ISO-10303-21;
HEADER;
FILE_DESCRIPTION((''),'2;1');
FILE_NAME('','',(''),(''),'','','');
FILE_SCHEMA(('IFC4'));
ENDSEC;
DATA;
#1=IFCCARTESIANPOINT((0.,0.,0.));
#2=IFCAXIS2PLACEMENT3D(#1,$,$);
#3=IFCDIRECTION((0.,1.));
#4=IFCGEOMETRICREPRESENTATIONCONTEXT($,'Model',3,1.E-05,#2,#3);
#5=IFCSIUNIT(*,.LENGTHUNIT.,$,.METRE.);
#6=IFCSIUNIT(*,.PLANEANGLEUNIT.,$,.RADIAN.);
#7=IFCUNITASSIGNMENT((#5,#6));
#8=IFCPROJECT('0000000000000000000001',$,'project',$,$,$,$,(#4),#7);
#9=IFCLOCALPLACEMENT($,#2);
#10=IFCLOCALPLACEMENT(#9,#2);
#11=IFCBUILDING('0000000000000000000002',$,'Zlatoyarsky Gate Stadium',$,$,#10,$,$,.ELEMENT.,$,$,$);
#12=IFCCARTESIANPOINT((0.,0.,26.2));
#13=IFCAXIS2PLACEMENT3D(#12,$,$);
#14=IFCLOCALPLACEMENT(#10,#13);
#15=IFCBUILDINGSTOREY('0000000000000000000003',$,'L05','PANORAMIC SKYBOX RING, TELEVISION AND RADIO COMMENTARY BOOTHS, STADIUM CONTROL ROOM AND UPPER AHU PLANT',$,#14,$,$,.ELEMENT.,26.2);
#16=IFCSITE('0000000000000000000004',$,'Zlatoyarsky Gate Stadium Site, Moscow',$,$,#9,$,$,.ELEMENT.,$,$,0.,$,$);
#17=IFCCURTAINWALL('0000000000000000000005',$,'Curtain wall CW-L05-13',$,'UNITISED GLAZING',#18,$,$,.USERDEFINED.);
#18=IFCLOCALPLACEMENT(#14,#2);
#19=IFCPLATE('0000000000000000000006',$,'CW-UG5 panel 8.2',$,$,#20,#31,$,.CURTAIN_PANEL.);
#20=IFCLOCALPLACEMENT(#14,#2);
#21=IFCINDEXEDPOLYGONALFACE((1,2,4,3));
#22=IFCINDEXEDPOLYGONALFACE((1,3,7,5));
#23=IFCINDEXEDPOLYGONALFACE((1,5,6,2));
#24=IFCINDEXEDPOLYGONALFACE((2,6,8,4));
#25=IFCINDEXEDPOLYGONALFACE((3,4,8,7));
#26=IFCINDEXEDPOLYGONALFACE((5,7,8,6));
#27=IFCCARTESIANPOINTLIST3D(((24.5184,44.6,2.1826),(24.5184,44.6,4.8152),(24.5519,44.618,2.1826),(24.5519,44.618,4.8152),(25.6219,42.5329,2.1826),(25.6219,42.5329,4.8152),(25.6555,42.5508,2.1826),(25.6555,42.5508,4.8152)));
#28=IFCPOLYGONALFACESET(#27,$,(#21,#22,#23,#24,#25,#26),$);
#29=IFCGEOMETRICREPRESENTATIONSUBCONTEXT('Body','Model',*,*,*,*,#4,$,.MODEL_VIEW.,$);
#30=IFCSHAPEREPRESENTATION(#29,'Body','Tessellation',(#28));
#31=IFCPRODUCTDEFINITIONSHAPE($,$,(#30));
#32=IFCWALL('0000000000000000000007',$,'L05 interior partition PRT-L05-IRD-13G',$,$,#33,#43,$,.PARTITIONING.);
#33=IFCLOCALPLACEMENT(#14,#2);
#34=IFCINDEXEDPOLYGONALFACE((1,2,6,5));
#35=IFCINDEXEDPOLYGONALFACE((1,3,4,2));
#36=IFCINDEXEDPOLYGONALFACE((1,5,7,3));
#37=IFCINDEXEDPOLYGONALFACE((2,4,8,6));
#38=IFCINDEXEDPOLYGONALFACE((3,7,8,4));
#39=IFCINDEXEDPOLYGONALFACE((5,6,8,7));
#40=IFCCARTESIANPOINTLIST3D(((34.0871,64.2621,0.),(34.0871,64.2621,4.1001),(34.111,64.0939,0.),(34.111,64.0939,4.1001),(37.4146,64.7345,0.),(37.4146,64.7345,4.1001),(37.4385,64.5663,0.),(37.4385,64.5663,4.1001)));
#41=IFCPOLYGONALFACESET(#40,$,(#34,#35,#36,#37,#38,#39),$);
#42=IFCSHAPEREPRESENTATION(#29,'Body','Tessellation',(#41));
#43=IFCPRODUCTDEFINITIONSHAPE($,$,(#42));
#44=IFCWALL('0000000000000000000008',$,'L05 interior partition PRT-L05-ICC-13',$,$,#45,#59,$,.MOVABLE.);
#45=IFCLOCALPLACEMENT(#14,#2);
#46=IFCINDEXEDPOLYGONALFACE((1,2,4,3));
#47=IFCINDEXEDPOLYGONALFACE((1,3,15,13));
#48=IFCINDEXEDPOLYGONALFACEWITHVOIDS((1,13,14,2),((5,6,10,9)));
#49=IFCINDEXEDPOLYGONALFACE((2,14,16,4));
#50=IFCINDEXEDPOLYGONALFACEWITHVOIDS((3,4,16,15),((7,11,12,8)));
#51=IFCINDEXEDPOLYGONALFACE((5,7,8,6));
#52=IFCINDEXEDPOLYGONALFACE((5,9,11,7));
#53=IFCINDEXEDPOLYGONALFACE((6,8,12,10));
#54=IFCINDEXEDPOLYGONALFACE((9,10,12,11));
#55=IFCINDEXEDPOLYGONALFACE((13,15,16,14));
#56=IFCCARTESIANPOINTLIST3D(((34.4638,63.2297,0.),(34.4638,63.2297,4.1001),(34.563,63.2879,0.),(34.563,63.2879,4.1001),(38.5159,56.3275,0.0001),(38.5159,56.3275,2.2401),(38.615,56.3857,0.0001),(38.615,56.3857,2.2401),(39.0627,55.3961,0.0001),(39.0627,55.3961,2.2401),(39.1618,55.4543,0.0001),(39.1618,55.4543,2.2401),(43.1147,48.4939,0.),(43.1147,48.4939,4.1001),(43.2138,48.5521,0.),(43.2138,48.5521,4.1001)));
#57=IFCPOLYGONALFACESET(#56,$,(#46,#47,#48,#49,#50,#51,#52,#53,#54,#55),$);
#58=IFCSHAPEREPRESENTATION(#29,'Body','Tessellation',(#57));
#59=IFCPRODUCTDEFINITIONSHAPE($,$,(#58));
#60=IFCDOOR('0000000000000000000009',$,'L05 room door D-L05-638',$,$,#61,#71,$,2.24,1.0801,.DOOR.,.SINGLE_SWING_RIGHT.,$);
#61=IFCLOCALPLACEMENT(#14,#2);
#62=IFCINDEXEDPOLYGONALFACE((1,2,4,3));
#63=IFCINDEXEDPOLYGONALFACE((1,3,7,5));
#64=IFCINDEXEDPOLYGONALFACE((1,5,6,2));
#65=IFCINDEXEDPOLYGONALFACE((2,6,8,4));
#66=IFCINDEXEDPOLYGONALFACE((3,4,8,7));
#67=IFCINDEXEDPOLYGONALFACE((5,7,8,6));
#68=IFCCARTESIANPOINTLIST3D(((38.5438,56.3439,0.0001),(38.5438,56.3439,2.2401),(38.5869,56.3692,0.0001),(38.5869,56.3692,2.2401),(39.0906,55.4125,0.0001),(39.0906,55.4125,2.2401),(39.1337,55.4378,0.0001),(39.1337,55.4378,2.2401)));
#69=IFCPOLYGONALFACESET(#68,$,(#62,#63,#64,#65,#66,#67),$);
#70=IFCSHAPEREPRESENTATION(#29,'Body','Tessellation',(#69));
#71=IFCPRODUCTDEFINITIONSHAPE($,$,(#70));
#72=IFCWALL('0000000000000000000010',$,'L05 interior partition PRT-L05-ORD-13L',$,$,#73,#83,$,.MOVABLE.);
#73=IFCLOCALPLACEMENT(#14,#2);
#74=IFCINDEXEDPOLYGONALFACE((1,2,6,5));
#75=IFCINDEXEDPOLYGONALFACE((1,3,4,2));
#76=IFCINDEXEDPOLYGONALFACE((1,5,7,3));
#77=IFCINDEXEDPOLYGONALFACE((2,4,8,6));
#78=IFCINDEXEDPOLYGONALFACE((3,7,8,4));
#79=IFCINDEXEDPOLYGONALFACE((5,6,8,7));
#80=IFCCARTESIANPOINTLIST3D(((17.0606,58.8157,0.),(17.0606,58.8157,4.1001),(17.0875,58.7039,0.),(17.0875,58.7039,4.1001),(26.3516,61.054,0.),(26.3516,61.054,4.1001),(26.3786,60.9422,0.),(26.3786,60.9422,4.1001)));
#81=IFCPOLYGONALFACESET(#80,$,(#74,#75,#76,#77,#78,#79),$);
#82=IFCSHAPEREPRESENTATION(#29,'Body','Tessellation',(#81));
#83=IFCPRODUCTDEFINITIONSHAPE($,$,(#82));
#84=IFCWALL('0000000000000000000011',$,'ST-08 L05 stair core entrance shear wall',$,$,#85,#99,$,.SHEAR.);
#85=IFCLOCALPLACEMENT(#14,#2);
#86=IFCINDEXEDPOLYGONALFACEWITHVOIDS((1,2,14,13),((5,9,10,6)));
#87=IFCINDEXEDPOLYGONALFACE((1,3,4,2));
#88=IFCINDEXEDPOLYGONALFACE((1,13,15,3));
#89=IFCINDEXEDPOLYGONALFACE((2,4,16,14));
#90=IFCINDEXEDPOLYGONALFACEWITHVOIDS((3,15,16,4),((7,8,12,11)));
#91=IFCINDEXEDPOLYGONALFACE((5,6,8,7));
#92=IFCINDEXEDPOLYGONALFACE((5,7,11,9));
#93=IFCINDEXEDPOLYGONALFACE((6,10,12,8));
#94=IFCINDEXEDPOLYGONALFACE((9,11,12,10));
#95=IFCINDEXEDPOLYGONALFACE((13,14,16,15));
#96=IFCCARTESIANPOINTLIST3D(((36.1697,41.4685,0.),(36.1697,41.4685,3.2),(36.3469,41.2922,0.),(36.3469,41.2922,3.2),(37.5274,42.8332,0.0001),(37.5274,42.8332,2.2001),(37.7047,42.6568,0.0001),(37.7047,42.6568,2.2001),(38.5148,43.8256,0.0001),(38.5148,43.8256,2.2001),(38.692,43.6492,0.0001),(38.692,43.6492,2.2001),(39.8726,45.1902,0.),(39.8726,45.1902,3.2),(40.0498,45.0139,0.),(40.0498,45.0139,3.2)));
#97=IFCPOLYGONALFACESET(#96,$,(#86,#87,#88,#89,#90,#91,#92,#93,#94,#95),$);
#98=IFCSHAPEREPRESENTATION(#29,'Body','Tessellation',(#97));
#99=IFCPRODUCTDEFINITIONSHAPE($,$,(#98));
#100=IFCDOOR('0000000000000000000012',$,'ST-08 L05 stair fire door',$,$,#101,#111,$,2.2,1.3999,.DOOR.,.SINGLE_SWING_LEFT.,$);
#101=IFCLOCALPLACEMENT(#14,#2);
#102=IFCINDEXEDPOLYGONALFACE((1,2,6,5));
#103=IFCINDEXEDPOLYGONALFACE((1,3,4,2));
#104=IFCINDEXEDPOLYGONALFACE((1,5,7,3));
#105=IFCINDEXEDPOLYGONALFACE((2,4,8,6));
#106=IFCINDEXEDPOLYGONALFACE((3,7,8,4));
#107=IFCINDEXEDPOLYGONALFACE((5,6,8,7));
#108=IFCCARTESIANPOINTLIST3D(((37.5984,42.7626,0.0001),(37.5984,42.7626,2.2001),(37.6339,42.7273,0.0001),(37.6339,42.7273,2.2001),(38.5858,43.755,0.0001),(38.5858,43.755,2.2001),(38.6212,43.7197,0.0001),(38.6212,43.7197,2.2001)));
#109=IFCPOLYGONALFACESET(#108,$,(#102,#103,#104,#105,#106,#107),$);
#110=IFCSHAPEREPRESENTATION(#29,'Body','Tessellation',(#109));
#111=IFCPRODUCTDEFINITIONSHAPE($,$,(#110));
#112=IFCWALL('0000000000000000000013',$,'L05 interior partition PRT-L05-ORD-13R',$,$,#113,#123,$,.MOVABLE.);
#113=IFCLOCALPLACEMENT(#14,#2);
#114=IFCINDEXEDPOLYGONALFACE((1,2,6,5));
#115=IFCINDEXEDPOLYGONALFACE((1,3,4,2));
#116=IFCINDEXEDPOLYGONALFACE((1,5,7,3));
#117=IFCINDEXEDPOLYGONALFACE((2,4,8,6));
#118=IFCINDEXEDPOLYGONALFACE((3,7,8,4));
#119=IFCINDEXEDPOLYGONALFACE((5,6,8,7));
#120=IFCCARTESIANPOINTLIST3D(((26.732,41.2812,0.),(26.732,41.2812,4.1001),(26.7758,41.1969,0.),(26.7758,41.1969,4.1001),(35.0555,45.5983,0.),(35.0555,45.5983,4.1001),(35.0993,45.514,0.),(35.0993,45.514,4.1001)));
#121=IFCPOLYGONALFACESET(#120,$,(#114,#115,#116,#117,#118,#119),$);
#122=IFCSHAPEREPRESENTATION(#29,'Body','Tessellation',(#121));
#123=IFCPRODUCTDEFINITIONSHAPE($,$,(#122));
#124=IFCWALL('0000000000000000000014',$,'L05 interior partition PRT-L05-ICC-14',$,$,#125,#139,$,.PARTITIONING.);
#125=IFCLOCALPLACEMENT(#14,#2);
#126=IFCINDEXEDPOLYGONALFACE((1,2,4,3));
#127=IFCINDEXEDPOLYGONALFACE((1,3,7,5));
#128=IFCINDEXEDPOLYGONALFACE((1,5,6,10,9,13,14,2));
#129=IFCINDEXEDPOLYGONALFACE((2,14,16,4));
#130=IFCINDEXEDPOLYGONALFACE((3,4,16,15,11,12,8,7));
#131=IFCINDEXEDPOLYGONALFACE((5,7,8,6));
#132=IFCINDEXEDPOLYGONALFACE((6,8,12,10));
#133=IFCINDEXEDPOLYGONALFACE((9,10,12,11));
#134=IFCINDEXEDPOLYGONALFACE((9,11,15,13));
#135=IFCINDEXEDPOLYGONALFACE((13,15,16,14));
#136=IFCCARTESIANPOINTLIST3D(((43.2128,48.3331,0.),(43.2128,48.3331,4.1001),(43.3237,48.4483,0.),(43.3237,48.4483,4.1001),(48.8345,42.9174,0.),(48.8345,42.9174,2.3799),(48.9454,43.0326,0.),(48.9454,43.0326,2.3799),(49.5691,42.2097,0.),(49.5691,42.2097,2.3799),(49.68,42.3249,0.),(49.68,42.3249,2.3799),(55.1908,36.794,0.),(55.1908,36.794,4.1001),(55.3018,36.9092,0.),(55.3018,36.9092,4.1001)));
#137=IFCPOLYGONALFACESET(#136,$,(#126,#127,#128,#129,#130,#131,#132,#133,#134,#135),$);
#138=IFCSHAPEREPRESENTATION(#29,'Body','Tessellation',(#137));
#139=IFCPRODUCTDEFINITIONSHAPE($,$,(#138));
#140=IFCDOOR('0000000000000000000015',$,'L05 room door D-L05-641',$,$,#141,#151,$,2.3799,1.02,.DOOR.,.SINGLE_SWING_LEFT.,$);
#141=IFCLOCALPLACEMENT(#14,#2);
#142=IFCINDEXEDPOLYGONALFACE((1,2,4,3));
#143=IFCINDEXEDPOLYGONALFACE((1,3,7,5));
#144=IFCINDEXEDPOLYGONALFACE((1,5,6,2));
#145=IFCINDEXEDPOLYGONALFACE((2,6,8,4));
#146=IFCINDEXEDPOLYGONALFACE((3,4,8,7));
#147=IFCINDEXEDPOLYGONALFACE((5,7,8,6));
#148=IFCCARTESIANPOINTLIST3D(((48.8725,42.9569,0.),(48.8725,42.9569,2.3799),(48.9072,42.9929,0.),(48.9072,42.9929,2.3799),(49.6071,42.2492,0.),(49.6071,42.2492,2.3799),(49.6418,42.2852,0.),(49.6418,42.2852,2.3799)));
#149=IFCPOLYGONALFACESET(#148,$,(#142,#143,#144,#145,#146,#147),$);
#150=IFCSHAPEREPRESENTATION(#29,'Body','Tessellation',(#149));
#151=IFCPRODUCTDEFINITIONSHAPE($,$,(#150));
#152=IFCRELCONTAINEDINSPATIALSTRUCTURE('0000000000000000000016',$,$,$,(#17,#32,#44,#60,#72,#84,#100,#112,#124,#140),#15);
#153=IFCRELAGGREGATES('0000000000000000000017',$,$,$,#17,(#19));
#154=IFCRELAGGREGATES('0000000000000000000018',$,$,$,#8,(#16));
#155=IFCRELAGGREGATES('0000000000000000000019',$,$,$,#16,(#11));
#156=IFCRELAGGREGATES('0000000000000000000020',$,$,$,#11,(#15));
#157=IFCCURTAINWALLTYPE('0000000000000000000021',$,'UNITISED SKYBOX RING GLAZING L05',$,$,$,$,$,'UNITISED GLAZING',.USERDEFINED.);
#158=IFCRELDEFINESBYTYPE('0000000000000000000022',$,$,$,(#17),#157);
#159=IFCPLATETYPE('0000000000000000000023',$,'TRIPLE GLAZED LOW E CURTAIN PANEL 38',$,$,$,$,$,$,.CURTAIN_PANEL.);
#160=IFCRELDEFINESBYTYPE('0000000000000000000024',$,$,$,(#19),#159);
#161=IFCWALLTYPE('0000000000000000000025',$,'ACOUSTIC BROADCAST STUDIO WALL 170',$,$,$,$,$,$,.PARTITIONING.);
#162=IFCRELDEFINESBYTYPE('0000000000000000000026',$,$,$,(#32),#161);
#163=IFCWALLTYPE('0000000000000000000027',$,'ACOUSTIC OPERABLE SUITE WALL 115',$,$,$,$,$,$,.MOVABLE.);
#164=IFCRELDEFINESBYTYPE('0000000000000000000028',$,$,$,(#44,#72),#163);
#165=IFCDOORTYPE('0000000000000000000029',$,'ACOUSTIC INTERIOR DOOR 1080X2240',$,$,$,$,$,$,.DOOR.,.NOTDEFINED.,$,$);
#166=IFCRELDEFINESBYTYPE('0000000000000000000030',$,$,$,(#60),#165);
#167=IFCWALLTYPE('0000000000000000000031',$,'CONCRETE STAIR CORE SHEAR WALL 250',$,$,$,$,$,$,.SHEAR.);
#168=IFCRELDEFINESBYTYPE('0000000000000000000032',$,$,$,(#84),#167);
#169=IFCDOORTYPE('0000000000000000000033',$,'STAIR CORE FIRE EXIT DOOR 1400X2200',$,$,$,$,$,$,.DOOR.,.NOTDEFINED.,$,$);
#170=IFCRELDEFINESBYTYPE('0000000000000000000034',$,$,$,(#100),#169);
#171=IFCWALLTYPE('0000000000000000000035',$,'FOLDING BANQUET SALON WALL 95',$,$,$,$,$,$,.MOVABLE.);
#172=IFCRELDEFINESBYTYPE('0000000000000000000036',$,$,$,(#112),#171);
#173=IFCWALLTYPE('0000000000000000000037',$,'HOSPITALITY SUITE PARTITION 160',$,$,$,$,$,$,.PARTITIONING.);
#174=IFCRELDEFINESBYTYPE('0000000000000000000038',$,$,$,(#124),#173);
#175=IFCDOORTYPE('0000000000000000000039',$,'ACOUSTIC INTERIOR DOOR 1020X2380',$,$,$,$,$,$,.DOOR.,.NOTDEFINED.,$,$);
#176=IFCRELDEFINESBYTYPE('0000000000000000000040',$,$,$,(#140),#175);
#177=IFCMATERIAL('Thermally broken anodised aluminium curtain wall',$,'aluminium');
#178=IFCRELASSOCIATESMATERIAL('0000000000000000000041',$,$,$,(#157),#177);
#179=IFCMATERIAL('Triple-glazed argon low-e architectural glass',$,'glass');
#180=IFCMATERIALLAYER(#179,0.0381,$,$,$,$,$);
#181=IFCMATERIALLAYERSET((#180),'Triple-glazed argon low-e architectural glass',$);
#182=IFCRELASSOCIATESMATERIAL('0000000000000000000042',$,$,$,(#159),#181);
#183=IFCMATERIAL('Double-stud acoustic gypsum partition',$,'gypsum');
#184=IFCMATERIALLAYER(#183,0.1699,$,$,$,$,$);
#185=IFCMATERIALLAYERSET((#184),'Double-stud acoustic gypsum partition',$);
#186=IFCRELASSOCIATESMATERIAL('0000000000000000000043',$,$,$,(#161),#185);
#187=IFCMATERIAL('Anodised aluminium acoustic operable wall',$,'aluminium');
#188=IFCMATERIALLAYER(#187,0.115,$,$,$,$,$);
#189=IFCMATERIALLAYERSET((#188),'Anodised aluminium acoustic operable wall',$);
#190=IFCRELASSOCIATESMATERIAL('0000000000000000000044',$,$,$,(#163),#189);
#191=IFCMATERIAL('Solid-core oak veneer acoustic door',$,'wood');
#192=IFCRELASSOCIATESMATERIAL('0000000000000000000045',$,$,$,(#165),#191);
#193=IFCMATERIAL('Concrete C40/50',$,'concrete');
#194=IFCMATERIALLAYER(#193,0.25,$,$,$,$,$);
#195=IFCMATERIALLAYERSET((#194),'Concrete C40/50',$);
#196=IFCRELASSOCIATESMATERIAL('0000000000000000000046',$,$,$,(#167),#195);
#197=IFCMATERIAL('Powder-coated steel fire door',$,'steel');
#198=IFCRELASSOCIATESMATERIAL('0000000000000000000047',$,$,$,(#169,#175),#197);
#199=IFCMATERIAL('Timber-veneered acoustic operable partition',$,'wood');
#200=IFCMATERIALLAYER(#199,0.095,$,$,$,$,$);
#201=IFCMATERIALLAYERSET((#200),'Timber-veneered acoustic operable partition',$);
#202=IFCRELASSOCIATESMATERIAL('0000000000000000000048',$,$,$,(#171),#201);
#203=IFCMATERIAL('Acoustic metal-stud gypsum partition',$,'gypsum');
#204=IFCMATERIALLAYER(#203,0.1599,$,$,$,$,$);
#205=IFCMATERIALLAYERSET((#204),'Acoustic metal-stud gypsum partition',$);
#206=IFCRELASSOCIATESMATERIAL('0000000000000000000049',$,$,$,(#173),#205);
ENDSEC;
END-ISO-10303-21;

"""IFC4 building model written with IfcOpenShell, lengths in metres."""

from ifc_helpers import new_model, si_unit, direction, frame, frame_2d, origin, origin_2d, place, context, subcontext, project, spatial, rectangle, extrude, material, layer, layer_set, type_object, element, fill, aggregate, save


model = new_model("IFC4")

# Units and contexts
model_context = context("Model", 3, precision=1e-05, world=origin(), true_north=direction((0.0, 1.0)))
body_context = subcontext(model_context, "Body", "Model", "MODEL_VIEW")
ifc_project = project(units=[si_unit("LENGTHUNIT", "METRE"), si_unit("PLANEANGLEUNIT", "RADIAN")], contexts=[model_context])

# Site, building, storey
site_placement = place(None, origin())
site = spatial("IfcSite", under=ifc_project, at=site_placement, Name="Zlatoyarsky Gate Stadium Site, Moscow", CompositionType="ELEMENT", RefElevation=0.0)
building_placement = place(site_placement, origin())
building = spatial("IfcBuilding", under=site, at=building_placement, Name="Zlatoyarsky Gate Stadium", CompositionType="ELEMENT")
storey_placement = place(building_placement, frame((0.0, 0.0, 26.2)))
storey = spatial("IfcBuildingStorey", under=building, at=storey_placement, Name="L05", Description="PANORAMIC SKYBOX RING, TELEVISION AND RADIO COMMENTARY BOOTHS, STADIUM CONTROL ROOM AND UPPER AHU PLANT", CompositionType="ELEMENT", Elevation=26.2)

# Curtain wall
ifc_material_1 = material(Name="Thermally broken anodised aluminium curtain wall", Category="aluminium")
curtain_wall_type = type_object("IfcCurtainWallType", Name="UNITISED SKYBOX RING GLAZING L05", ElementType="UNITISED GLAZING", PredefinedType="USERDEFINED", material=ifc_material_1)
curtain_wall_placement = place(storey_placement, origin())
curtain_wall = element("IfcCurtainWall", 1, at=curtain_wall_placement, inside=storey, type_object=curtain_wall_type, Name="Curtain wall CW-L05-13", ObjectType="UNITISED GLAZING", PredefinedType="USERDEFINED")

# Plate
ifc_material_2 = material(Name="Triple-glazed argon low-e architectural glass", Category="glass")
ifc_layer_1 = layer(ifc_material_2, 0.0381)
ifc_layer_set_1 = layer_set([ifc_layer_1], Name="Triple-glazed argon low-e architectural glass")
plate_type_1 = type_object("IfcPlateType", Name="TRIPLE GLAZED LOW E CURTAIN PANEL 38", PredefinedType="CURTAIN_PANEL", material=ifc_layer_set_1)
plate_1_placement = place(storey_placement, frame((25.0869, 43.5754, 2.1826), z_axis=(0.0, 0.0, 1.0), x_axis=(0.470937, -0.882167, 0.0)))
plate_1 = element("IfcPlate", 2, at=plate_1_placement, type_object=plate_type_1, Name="CW-UG5 panel 8.2", PredefinedType="CURTAIN_PANEL", context=body_context, shape_type="SweptSolid", body=[
    extrude(rectangle(XDim=2.3433, YDim=0.0381, at=origin_2d()), origin(), (0.0, 0.0, 1.0), 2.6326),
])
aggregate(curtain_wall, [plate_1])

# Wall
ifc_material_3 = material(Name="Double-stud acoustic gypsum partition", Category="gypsum")
ifc_layer_2 = layer(ifc_material_3, 0.1699)
ifc_layer_set_2 = layer_set([ifc_layer_2], Name="Double-stud acoustic gypsum partition")
wall_type_1 = type_object("IfcWallType", Name="ACOUSTIC BROADCAST STUDIO WALL 170", PredefinedType="PARTITIONING", material=ifc_layer_set_2)
wall_1_placement = place(storey_placement, frame((37.4265, 64.6504, 0.0), z_axis=(0.0, 0.0, 1.0), x_axis=(-0.990071, -0.140567, 0.0)))
element("IfcWall", 3, at=wall_1_placement, inside=storey, type_object=wall_type_1, Name="L05 interior partition PRT-L05-IRD-13G", PredefinedType="PARTITIONING", context=body_context, shape_type="SweptSolid", body=[
    extrude(rectangle(XDim=3.3608, YDim=0.1699, at=frame_2d((1.6804, 0.0))), origin(), (0.0, 0.0, 1.0), 4.1001),
])

# Wall, opening, door
ifc_material_4 = material(Name="Anodised aluminium acoustic operable wall", Category="aluminium")
ifc_layer_3 = layer(ifc_material_4, 0.115)
ifc_layer_set_3 = layer_set([ifc_layer_3], Name="Anodised aluminium acoustic operable wall")
wall_type_2 = type_object("IfcWallType", Name="ACOUSTIC OPERABLE SUITE WALL 115", PredefinedType="MOVABLE", material=ifc_layer_set_3)
wall_2_placement = place(storey_placement, frame((34.5134, 63.2588, 0.0), z_axis=(0.0, 0.0, 1.0), x_axis=(0.506269, -0.862375, 0.0)))
wall_2 = element("IfcWall", 4, at=wall_2_placement, inside=storey, type_object=wall_type_2, Name="L05 interior partition PRT-L05-ICC-13", PredefinedType="MOVABLE", context=body_context, shape_type="SweptSolid", body=[
    extrude(rectangle(XDim=17.0874, YDim=0.115, at=frame_2d((8.5437, 0.0))), origin(), (0.0, 0.0, 1.0), 4.1001),
])
opening_1_placement = place(wall_2_placement, frame((8.0037, 0.0, 0.0)))
opening_1 = element("IfcOpeningElement", 5, at=opening_1_placement, cuts=wall_2, PredefinedType="OPENING", context=body_context, shape_type="SweptSolid", body=[
    extrude(rectangle(XDim=1.0801, YDim=2.24, at=frame_2d((0.54, 1.1201))), frame((0.0, 0.0674, 0.0), z_axis=(0.0, -1.0, 0.0), x_axis=(1.0, 0.0, 0.0)), (0.0, 0.0, 1.0), 0.135),
])
ifc_material_5 = material(Name="Solid-core oak veneer acoustic door", Category="wood")
door_type_1 = type_object("IfcDoorType", Name="ACOUSTIC INTERIOR DOOR 1080X2240", OperationType="NOTDEFINED", PredefinedType="DOOR", material=ifc_material_5)
door_1_placement = place(opening_1_placement, origin())
door_1 = element("IfcDoor", 6, at=door_1_placement, inside=storey, type_object=door_type_1, Name="L05 room door D-L05-638", OperationType="SINGLE_SWING_RIGHT", OverallHeight=2.24, OverallWidth=1.0801, PredefinedType="DOOR", context=body_context, shape_type="SweptSolid", body=[
    extrude(rectangle(XDim=1.0801, YDim=2.24, at=frame_2d((0.54, 1.1201))), frame((0.0, 0.0249, 0.0), z_axis=(0.0, -1.0, 0.0), x_axis=(1.0, 0.0, 0.0)), (0.0, 0.0, 1.0), 0.05),
])
fill(opening_1, door_1)

# Wall
wall_3_placement = place(storey_placement, frame((26.365, 60.998, 0.0), z_axis=(0.0, 0.0, 1.0), x_axis=(-0.972187, -0.234208, 0.0)))
element("IfcWall", 7, at=wall_3_placement, inside=storey, type_object=wall_type_2, Name="L05 interior partition PRT-L05-ORD-13L", PredefinedType="MOVABLE", context=body_context, shape_type="SweptSolid", body=[
    extrude(rectangle(XDim=9.5569, YDim=0.115, at=frame_2d((4.7783, 0.0))), origin(), (0.0, 0.0, 1.0), 4.1001),
])

# Wall, opening, door
ifc_material_6 = material(Name="Concrete C40/50", Category="concrete")
ifc_layer_4 = layer(ifc_material_6, 0.25)
ifc_layer_set_4 = layer_set([ifc_layer_4], Name="Concrete C40/50")
wall_type_3 = type_object("IfcWallType", Name="CONCRETE STAIR CORE SHEAR WALL 250", PredefinedType="SHEAR", material=ifc_layer_set_4)
wall_4_placement = place(storey_placement, frame((39.9612, 45.1021, 0.0), z_axis=(0.0, 0.0, 1.0), x_axis=(-0.705314, -0.708895, 0.0)))
wall_4 = element("IfcWall", 8, at=wall_4_placement, inside=storey, type_object=wall_type_3, Name="ST-08 L05 stair core entrance shear wall", PredefinedType="SHEAR", context=body_context, shape_type="SweptSolid", body=[
    extrude(rectangle(XDim=5.25, YDim=0.25, at=frame_2d((2.625, 0.0))), origin(), (0.0, 0.0, 1.0), 3.2),
])
opening_2_placement = place(wall_4_placement, frame((1.925, 0.0, 0.0)))
opening_2 = element("IfcOpeningElement", 9, at=opening_2_placement, cuts=wall_4, PredefinedType="OPENING", context=body_context, shape_type="SweptSolid", body=[
    extrude(rectangle(XDim=1.3999, YDim=2.2, at=frame_2d((0.7, 1.1001))), frame((0.0, 0.135, 0.0), z_axis=(0.0, -1.0, 0.0), x_axis=(1.0, 0.0, 0.0)), (0.0, 0.0, 1.0), 0.27),
])
ifc_material_7 = material(Name="Powder-coated steel fire door", Category="steel")
door_type_2 = type_object("IfcDoorType", Name="STAIR CORE FIRE EXIT DOOR 1400X2200", OperationType="NOTDEFINED", PredefinedType="DOOR", material=ifc_material_7)
door_2_placement = place(opening_2_placement, frame((1.3999, 0.0, 0.0), z_axis=(0.0, 0.0, 1.0), x_axis=(-1.0, 0.0, 0.0)))
door_2 = element("IfcDoor", 10, at=door_2_placement, inside=storey, type_object=door_type_2, Name="ST-08 L05 stair fire door", OperationType="SINGLE_SWING_LEFT", OverallHeight=2.2, OverallWidth=1.3999, PredefinedType="DOOR", context=body_context, shape_type="SweptSolid", body=[
    extrude(rectangle(XDim=1.3999, YDim=2.2, at=frame_2d((0.7, 1.1001))), frame((0.0, 0.0249, 0.0), z_axis=(0.0, -1.0, 0.0), x_axis=(1.0, 0.0, 0.0)), (0.0, 0.0, 1.0), 0.05),
])
fill(opening_2, door_2)

# Wall
ifc_material_8 = material(Name="Timber-veneered acoustic operable partition", Category="wood")
ifc_layer_5 = layer(ifc_material_8, 0.095)
ifc_layer_set_5 = layer_set([ifc_layer_5], Name="Timber-veneered acoustic operable partition")
wall_type_4 = type_object("IfcWallType", Name="FOLDING BANQUET SALON WALL 95", PredefinedType="MOVABLE", material=ifc_layer_set_5)
wall_5_placement = place(storey_placement, frame((35.0774, 45.5562, 0.0), z_axis=(0.0, 0.0, 1.0), x_axis=(-0.8877, -0.460423, 0.0)))
element("IfcWall", 11, at=wall_5_placement, inside=storey, type_object=wall_type_4, Name="L05 interior partition PRT-L05-ORD-13R", PredefinedType="MOVABLE", context=body_context, shape_type="SweptSolid", body=[
    extrude(rectangle(XDim=9.3765, YDim=0.095, at=frame_2d((4.6882, 0.0))), origin(), (0.0, 0.0, 1.0), 4.1001),
])

# Wall, opening, door
ifc_material_9 = material(Name="Acoustic metal-stud gypsum partition", Category="gypsum")
ifc_layer_6 = layer(ifc_material_9, 0.1599)
ifc_layer_set_6 = layer_set([ifc_layer_6], Name="Acoustic metal-stud gypsum partition")
wall_type_5 = type_object("IfcWallType", Name="HOSPITALITY SUITE PARTITION 160", PredefinedType="PARTITIONING", material=ifc_layer_set_6)
wall_6_placement = place(storey_placement, frame((43.2683, 48.3906, 0.0), z_axis=(0.0, 0.0, 1.0), x_axis=(0.72018, -0.693787, 0.0)))
wall_6 = element("IfcWall", 12, at=wall_6_placement, inside=storey, type_object=wall_type_5, Name="L05 interior partition PRT-L05-ICC-14", PredefinedType="PARTITIONING", context=body_context, shape_type="SweptSolid", body=[
    extrude(rectangle(XDim=16.6321, YDim=0.1599, at=frame_2d((8.3159, 0.0))), origin(), (0.0, 0.0, 1.0), 4.1001),
])
opening_3_placement = place(wall_6_placement, frame((7.8059, 0.0, 0.0)))
opening_3 = element("IfcOpeningElement", 13, at=opening_3_placement, cuts=wall_6, PredefinedType="OPENING", context=body_context, shape_type="SweptSolid", body=[
    extrude(rectangle(XDim=1.02, YDim=2.3799, at=frame_2d((0.51, 1.1899))), frame((0.0, 0.0898, 0.0), z_axis=(0.0, -1.0, 0.0), x_axis=(1.0, 0.0, 0.0)), (0.0, 0.0, 1.0), 0.1799),
])
door_type_3 = type_object("IfcDoorType", Name="ACOUSTIC INTERIOR DOOR 1020X2380", OperationType="NOTDEFINED", PredefinedType="DOOR", material=ifc_material_7)
door_3_placement = place(opening_3_placement, origin())
door_3 = element("IfcDoor", 14, at=door_3_placement, inside=storey, type_object=door_type_3, Name="L05 room door D-L05-641", OperationType="SINGLE_SWING_LEFT", OverallHeight=2.3799, OverallWidth=1.02, PredefinedType="DOOR", context=body_context, shape_type="SweptSolid", body=[
    extrude(rectangle(XDim=1.02, YDim=2.3799, at=frame_2d((0.51, 1.1899))), frame((0.0, 0.0249, 0.0), z_axis=(0.0, -1.0, 0.0), x_axis=(1.0, 0.0, 0.0)), (0.0, 0.0, 1.0), 0.05),
])
fill(opening_3, door_3)

save(model, "model.ifc")
